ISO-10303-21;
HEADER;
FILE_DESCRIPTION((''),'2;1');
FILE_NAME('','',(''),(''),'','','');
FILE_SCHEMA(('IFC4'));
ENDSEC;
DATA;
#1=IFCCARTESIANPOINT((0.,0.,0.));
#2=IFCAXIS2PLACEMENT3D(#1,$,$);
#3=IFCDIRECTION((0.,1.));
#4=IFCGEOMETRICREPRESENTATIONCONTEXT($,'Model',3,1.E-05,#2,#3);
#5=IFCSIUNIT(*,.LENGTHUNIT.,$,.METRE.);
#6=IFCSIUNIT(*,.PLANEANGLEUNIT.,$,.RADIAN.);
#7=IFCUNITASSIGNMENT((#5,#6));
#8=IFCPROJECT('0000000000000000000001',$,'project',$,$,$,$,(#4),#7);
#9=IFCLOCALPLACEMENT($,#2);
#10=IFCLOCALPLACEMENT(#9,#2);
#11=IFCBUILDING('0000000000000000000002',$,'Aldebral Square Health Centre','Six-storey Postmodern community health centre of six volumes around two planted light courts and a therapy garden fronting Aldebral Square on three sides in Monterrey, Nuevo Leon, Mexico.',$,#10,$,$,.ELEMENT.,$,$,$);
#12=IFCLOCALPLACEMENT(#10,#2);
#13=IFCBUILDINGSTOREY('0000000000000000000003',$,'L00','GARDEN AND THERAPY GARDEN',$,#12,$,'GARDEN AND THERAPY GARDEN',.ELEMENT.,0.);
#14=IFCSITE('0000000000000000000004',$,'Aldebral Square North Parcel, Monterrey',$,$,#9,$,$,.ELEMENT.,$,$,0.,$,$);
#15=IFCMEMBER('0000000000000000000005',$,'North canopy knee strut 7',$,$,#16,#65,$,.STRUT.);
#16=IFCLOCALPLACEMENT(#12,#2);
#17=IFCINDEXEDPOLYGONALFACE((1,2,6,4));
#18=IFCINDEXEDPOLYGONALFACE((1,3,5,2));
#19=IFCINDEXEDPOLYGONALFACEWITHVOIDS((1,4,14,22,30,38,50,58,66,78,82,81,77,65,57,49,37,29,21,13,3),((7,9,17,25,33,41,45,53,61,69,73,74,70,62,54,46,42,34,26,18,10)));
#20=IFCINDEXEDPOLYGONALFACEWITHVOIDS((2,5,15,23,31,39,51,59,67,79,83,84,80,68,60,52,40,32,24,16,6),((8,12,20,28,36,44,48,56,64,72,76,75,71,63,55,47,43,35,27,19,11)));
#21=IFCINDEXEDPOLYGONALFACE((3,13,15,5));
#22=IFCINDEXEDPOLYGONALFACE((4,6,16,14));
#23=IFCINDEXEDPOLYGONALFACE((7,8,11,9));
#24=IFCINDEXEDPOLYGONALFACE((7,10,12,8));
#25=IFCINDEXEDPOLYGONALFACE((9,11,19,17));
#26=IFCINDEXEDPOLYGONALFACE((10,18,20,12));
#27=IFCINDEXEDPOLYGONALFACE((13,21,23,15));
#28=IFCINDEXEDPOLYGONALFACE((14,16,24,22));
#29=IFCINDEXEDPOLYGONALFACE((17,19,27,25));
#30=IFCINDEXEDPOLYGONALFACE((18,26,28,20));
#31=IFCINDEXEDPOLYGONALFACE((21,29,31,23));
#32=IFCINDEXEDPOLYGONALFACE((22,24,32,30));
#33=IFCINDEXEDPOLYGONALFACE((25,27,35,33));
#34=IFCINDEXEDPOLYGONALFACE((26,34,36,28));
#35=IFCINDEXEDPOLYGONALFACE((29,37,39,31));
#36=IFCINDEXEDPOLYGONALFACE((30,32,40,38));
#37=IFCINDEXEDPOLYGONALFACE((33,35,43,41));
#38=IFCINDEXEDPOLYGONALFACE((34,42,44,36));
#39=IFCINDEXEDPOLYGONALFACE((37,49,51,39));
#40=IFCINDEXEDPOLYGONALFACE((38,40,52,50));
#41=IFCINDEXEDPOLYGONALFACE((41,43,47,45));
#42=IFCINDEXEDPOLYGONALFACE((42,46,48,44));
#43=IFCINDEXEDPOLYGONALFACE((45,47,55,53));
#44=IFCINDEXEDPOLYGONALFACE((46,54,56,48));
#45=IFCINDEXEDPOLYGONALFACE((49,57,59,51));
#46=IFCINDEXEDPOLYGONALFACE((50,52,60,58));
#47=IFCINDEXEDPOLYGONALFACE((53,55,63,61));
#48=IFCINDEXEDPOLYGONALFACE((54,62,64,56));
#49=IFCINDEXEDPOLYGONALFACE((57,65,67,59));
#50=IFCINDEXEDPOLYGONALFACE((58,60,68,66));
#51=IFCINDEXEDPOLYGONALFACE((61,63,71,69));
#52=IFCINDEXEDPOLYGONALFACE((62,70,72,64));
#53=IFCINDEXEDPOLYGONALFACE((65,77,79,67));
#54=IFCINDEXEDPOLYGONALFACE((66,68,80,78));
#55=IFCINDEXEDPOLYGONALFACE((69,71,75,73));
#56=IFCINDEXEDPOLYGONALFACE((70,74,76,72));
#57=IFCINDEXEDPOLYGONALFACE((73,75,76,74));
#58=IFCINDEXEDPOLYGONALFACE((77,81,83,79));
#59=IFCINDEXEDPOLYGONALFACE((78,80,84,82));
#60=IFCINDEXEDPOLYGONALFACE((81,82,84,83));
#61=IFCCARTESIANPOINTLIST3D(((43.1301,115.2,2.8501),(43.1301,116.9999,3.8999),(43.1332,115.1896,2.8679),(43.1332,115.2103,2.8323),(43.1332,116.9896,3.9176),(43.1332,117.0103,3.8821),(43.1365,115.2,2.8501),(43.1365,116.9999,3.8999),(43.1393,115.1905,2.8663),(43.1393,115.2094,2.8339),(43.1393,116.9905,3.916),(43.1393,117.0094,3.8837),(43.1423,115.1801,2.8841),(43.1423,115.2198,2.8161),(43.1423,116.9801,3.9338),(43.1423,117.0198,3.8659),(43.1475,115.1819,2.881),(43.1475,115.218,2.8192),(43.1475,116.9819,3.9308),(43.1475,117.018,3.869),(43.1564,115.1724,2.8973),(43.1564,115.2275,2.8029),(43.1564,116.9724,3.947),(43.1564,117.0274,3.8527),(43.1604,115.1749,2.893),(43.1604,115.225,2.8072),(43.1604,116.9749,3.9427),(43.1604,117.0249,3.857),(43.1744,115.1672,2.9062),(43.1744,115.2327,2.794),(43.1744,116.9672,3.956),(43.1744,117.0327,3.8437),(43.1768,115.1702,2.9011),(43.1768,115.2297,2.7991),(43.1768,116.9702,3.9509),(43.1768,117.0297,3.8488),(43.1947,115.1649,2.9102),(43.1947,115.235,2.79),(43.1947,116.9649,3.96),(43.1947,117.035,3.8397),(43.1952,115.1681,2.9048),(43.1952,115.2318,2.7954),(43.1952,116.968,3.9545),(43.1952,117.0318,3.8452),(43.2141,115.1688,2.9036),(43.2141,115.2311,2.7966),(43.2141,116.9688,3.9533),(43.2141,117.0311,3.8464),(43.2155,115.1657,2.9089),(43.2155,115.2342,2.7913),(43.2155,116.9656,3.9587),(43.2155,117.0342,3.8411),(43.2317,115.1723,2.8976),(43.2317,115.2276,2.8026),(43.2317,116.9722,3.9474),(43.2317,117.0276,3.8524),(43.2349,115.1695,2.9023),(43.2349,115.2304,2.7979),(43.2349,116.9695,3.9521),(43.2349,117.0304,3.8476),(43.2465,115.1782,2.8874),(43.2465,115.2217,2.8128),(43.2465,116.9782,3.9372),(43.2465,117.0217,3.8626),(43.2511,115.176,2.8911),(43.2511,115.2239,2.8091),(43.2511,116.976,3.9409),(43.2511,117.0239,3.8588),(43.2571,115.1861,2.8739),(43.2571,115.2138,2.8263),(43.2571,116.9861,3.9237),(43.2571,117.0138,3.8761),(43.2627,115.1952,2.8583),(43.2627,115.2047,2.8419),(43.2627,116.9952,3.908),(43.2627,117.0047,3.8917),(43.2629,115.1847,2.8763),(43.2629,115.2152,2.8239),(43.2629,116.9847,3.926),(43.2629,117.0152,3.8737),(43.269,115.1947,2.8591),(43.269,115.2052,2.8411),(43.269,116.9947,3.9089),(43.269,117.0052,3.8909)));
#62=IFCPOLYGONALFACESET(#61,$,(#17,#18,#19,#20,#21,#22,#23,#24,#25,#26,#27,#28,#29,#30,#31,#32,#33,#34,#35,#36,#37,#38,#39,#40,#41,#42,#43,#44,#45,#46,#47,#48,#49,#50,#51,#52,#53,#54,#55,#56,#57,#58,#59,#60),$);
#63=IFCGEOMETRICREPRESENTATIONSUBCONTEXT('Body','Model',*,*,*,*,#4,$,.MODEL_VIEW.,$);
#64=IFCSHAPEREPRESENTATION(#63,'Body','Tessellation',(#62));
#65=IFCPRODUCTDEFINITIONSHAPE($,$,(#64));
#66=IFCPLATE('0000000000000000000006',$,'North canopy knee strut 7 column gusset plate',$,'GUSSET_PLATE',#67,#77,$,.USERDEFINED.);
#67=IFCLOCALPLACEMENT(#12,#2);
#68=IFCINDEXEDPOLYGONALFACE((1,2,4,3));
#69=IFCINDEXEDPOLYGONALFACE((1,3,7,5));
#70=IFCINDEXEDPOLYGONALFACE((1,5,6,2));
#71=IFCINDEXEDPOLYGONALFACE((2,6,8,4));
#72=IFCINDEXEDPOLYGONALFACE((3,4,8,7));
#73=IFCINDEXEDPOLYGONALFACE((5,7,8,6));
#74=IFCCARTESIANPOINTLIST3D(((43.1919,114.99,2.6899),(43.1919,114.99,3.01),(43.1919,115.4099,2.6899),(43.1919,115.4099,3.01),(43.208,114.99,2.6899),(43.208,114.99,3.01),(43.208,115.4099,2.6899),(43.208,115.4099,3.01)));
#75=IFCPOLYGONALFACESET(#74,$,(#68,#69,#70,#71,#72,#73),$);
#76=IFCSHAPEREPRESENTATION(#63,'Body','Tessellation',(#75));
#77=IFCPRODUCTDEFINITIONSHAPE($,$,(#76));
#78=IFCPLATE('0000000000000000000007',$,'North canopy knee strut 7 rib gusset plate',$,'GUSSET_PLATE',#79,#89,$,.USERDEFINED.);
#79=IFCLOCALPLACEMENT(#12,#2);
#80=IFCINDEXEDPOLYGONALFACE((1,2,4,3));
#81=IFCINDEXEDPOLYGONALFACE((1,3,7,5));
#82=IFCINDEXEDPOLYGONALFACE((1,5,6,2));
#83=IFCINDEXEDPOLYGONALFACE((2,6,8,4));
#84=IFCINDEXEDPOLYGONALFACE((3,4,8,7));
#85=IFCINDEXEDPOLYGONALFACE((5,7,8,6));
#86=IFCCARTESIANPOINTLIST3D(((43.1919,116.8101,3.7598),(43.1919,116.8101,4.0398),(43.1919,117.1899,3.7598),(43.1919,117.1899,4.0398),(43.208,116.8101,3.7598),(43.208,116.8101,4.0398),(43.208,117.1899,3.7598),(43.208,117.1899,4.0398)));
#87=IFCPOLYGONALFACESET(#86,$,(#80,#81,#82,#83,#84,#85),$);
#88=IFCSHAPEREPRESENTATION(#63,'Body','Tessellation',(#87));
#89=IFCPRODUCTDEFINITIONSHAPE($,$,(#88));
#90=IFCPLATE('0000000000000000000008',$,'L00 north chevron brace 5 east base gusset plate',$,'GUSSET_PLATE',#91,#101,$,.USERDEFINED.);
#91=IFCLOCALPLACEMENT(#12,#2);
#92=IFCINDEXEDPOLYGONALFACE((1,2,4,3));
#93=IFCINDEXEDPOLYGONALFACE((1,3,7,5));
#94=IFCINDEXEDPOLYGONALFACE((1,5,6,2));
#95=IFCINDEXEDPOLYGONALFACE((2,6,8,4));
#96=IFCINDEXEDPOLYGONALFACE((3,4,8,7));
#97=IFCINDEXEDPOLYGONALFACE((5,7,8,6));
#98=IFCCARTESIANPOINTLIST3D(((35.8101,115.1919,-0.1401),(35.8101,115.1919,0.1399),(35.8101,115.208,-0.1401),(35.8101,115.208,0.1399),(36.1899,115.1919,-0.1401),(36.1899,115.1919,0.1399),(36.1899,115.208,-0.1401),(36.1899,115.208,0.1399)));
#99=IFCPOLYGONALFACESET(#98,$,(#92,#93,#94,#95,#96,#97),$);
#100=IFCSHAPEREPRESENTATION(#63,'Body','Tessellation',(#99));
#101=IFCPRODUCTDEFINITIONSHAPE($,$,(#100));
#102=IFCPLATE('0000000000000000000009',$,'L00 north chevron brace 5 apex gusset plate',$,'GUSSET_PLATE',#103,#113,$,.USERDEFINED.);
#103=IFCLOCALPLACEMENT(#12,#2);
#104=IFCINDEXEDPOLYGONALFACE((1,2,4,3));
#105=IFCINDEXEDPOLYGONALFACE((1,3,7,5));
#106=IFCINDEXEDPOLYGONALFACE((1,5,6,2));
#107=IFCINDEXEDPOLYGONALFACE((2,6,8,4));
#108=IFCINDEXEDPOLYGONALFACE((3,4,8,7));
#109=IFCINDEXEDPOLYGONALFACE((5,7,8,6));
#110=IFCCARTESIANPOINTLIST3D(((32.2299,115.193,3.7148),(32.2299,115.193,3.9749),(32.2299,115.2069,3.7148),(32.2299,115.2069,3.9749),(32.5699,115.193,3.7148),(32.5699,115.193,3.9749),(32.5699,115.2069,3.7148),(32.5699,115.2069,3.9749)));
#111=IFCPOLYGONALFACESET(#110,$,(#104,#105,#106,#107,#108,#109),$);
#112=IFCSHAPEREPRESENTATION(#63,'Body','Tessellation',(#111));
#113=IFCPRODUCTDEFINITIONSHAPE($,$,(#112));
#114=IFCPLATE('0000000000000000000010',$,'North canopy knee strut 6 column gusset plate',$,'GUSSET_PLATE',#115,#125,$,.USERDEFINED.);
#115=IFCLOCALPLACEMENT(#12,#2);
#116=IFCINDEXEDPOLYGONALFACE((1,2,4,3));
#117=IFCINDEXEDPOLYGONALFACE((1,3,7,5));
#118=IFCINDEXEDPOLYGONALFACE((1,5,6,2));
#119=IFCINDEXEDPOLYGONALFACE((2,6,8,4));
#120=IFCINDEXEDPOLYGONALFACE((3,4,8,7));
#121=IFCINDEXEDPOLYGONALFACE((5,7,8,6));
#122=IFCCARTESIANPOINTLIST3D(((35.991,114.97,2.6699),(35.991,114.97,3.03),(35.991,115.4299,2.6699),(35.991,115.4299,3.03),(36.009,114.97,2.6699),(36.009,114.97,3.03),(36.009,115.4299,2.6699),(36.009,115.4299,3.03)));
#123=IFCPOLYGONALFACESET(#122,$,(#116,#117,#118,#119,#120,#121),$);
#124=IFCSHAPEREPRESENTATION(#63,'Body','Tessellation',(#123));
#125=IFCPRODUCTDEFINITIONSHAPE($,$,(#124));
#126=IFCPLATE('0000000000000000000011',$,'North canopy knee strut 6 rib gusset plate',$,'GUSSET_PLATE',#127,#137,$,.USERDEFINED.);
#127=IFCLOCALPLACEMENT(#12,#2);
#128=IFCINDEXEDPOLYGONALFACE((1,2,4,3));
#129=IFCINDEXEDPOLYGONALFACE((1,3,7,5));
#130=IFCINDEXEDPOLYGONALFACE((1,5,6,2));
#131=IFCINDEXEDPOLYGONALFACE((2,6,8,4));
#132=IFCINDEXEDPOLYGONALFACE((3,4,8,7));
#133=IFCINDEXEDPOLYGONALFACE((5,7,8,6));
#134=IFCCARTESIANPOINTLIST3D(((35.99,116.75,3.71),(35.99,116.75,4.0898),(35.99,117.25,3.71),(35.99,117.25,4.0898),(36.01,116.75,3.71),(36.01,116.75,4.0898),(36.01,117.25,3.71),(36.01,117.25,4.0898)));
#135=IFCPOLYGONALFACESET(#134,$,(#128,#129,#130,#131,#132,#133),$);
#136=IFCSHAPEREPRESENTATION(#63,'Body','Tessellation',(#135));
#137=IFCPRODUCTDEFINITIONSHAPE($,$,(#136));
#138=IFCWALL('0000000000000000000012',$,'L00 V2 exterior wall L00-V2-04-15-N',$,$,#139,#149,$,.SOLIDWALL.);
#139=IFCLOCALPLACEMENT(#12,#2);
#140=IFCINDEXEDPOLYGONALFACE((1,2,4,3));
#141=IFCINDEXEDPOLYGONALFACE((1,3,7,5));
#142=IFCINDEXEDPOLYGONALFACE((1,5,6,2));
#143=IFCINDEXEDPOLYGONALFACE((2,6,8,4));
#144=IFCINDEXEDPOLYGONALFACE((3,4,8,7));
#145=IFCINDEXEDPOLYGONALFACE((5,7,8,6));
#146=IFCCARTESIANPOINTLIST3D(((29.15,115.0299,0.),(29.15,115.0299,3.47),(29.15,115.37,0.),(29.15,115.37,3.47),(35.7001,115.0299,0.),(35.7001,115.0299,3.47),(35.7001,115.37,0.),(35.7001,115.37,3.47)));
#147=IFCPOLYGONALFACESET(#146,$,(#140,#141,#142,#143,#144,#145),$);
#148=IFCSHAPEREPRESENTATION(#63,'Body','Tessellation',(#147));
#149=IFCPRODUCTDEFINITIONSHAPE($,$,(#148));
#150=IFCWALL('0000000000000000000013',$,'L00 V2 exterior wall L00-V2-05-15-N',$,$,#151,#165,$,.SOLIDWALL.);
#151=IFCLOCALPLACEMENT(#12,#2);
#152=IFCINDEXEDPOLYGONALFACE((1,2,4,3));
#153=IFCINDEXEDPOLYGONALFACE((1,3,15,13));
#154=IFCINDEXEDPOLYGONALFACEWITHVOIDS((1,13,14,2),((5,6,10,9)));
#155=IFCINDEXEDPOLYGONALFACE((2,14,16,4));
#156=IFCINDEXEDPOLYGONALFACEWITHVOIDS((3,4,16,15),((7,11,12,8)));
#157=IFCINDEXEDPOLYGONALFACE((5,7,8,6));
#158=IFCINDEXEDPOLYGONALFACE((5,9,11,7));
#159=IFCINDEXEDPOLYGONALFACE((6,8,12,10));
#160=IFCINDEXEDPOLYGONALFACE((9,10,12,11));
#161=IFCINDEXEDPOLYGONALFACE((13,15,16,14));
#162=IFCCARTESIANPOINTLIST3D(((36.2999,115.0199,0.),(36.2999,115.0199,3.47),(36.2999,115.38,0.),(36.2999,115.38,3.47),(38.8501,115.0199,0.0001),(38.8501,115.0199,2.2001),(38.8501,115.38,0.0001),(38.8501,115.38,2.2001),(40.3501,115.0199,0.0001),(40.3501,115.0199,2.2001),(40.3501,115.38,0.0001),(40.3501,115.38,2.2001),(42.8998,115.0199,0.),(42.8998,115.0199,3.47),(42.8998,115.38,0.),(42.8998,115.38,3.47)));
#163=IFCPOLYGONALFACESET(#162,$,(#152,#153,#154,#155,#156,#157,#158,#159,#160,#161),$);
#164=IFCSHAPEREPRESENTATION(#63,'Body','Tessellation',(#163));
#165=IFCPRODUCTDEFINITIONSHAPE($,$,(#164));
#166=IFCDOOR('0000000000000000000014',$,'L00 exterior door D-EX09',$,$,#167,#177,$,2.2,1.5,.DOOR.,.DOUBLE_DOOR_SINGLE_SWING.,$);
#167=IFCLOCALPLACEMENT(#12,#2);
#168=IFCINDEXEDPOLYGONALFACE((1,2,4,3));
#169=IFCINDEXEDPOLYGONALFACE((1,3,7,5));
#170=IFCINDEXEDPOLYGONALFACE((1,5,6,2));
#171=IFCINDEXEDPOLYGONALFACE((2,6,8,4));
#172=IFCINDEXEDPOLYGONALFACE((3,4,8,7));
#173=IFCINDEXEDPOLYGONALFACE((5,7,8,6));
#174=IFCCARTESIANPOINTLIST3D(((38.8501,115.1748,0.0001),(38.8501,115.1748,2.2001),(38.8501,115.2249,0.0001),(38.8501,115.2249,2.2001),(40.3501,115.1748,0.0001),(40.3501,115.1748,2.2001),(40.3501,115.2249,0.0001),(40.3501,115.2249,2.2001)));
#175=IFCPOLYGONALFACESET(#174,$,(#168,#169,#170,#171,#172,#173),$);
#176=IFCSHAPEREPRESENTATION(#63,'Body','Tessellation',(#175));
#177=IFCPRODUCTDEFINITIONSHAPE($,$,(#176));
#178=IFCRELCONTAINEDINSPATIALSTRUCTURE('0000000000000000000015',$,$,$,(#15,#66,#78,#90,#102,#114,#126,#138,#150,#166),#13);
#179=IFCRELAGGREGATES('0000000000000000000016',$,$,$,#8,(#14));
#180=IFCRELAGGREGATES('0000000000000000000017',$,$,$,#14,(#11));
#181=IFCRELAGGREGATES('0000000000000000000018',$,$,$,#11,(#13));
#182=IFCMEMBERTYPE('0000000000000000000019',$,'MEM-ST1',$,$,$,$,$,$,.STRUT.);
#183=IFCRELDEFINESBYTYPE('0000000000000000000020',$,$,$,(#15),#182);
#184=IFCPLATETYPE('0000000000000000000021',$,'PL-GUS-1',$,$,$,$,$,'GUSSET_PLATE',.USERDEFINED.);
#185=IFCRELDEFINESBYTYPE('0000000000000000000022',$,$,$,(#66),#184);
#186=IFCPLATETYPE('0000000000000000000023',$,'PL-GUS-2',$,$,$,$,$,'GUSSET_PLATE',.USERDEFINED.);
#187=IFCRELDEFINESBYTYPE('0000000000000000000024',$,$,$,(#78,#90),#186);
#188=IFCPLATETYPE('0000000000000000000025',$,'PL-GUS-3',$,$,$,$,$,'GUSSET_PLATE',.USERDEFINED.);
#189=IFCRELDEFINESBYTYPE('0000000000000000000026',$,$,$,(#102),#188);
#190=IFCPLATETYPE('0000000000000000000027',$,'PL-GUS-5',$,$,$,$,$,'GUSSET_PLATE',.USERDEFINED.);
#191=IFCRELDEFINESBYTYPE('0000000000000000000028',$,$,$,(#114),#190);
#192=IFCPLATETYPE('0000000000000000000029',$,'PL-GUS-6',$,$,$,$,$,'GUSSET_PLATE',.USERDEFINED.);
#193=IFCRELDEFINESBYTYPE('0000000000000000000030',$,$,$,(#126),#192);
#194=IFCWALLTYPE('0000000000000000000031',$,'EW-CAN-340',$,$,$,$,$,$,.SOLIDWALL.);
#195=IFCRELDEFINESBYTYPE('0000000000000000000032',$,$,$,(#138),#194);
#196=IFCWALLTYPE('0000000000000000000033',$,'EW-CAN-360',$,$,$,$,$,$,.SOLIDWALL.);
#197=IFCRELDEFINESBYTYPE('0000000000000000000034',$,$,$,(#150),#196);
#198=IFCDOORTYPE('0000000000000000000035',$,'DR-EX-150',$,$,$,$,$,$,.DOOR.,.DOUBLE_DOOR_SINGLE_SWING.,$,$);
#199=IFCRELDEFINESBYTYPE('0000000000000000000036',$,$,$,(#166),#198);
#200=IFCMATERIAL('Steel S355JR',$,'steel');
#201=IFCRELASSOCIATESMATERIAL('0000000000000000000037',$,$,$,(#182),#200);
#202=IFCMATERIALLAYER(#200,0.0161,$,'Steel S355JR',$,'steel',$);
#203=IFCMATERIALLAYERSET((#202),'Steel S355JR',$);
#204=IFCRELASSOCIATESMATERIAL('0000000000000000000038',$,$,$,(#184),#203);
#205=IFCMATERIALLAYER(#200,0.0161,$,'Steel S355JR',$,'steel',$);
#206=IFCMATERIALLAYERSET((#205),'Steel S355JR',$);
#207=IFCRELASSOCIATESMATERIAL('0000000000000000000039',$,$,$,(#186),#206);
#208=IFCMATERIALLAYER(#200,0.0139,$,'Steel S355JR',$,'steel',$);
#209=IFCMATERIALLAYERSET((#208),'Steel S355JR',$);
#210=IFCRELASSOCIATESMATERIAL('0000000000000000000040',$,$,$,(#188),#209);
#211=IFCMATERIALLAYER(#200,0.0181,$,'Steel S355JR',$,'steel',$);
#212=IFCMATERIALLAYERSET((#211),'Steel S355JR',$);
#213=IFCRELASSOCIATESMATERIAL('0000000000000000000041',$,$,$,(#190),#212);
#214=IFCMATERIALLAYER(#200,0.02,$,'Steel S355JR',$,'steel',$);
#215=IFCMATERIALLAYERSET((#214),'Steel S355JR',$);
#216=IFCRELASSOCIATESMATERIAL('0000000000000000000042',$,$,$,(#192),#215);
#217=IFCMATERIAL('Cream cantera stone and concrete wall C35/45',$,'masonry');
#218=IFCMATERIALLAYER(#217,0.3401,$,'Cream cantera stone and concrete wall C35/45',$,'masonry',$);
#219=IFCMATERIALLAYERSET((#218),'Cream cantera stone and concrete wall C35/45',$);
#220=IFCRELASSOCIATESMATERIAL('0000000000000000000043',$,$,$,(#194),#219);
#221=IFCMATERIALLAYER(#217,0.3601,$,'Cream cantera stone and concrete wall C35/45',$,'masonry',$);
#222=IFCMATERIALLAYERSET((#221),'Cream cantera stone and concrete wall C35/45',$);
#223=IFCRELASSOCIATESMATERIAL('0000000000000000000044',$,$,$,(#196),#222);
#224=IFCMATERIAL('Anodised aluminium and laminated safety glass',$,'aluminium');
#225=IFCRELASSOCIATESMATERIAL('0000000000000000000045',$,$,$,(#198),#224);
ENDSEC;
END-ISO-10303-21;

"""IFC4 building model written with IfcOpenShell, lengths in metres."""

from ifc_helpers import new_model, si_unit, direction, frame, frame_2d, origin, origin_2d, place, context, subcontext, project, spatial, rectangle, hollow_circle, extrude, material, layer, layer_set, material_profile, profile_set, type_object, element, fill, save


model = new_model("IFC4")

# Units and contexts
model_context = context("Model", 3, precision=1e-05, world=origin(), true_north=direction((0.0, 1.0)))
body_context = subcontext(model_context, "Body", "Model", "MODEL_VIEW")
ifc_project = project(units=[si_unit("LENGTHUNIT", "METRE"), si_unit("PLANEANGLEUNIT", "RADIAN")], contexts=[model_context])

# Site, building, storey
site_placement = place(None, origin())
site = spatial("IfcSite", under=ifc_project, at=site_placement, Name="Aldebral Square North Parcel, Monterrey", CompositionType="ELEMENT", RefElevation=0.0)
building_placement = place(site_placement, origin())
building = spatial("IfcBuilding", under=site, at=building_placement, Name="Aldebral Square Health Centre", Description="Six-storey Postmodern community health centre of six volumes around two planted light courts and a therapy garden fronting Aldebral Square on three sides in Monterrey, Nuevo Leon, Mexico.", CompositionType="ELEMENT")
storey_placement = place(building_placement, origin())
storey = spatial("IfcBuildingStorey", under=building, at=storey_placement, Name="L00", Description="GARDEN AND THERAPY GARDEN", LongName="GARDEN AND THERAPY GARDEN", CompositionType="ELEMENT", Elevation=0.0)

# Shared definitions
ifc_material_1 = material(Name="Steel S355JR", Category="steel")

# Member
ifc_material_profile_1 = material_profile(ifc_material_1, hollow_circle(Radius=0.0698, WallThickness=0.0063, at=origin_2d()), Name="139.7x6.3 CHS")
ifc_profile_set_1 = profile_set([ifc_material_profile_1], Name="Steel S355JR")
member_type_1 = type_object("IfcMemberType", Name="MEM-ST1", PredefinedType="STRUT", material=ifc_profile_set_1)
for number, where, z_axis, x_axis, name in (
    (1, (43.2, 115.2, 2.8501), (0.0, 0.863826, 0.503791), (-1.0, 0.0, 0.0), "North canopy knee strut 7"),
):
    element("IfcMember", number, at=place(storey_placement, frame(where, z_axis=z_axis, x_axis=x_axis)), inside=storey, type_object=member_type_1, Name=name, PredefinedType="STRUT", context=body_context, shape_type="SweptSolid", body=[
        extrude(hollow_circle(Radius=0.0698, WallThickness=0.0063, at=origin_2d()), origin(), (0.0, 0.0, 1.0), 2.0837),
    ])

# Plates
ifc_layer_1 = layer(ifc_material_1, 0.0161, Name="Steel S355JR", Category="steel")
ifc_layer_set_1 = layer_set([ifc_layer_1], Name="Steel S355JR")
plate_type_1 = type_object("IfcPlateType", Name="PL-GUS-1", ElementType="GUSSET_PLATE", PredefinedType="USERDEFINED", material=ifc_layer_set_1)
plate_1_placement = place(storey_placement, frame((43.2, 115.2, 2.6899), z_axis=(0.0, 0.0, 1.0), x_axis=(0.0, 1.0, 0.0)))
element("IfcPlate", 2, at=plate_1_placement, inside=storey, type_object=plate_type_1, Name="North canopy knee strut 7 column gusset plate", ObjectType="GUSSET_PLATE", PredefinedType="USERDEFINED", context=body_context, shape_type="SweptSolid", body=[
    extrude(rectangle(XDim=0.4199, YDim=0.0161, at=origin_2d()), origin(), (0.0, 0.0, 1.0), 0.3201),
])
ifc_layer_2 = layer(ifc_material_1, 0.0161, Name="Steel S355JR", Category="steel")
ifc_layer_set_2 = layer_set([ifc_layer_2], Name="Steel S355JR")
plate_type_2 = type_object("IfcPlateType", Name="PL-GUS-2", ElementType="GUSSET_PLATE", PredefinedType="USERDEFINED", material=ifc_layer_set_2)
for number, where, z_axis, x_axis, name in (
    (3, (43.2, 117.0, 3.7598), (0.0, 0.0, 1.0), (0.0, 1.0, 0.0), "North canopy knee strut 7 rib gusset plate"),
    (4, (36.0, 115.2, -0.1401), (0.0, 0.0, 1.0), (1.0, 0.0, 0.0), "L00 north chevron brace 5 east base gusset plate"),
):
    element("IfcPlate", number, at=place(storey_placement, frame(where, z_axis=z_axis, x_axis=x_axis)), inside=storey, type_object=plate_type_2, Name=name, ObjectType="GUSSET_PLATE", PredefinedType="USERDEFINED", context=body_context, shape_type="SweptSolid", body=[
        extrude(rectangle(XDim=0.3799, YDim=0.0161, at=origin_2d()), origin(), (0.0, 0.0, 1.0), 0.28),
    ])
ifc_layer_3 = layer(ifc_material_1, 0.0139, Name="Steel S355JR", Category="steel")
ifc_layer_set_3 = layer_set([ifc_layer_3], Name="Steel S355JR")
plate_type_3 = type_object("IfcPlateType", Name="PL-GUS-3", ElementType="GUSSET_PLATE", PredefinedType="USERDEFINED", material=ifc_layer_set_3)
plate_2_placement = place(storey_placement, frame((32.3999, 115.2, 3.7148), z_axis=(0.0, 0.0, 1.0), x_axis=(1.0, 0.0, 0.0)))
element("IfcPlate", 5, at=plate_2_placement, inside=storey, type_object=plate_type_3, Name="L00 north chevron brace 5 apex gusset plate", ObjectType="GUSSET_PLATE", PredefinedType="USERDEFINED", context=body_context, shape_type="SweptSolid", body=[
    extrude(rectangle(XDim=0.3401, YDim=0.0139, at=origin_2d()), origin(), (0.0, 0.0, 1.0), 0.26),
])
ifc_layer_4 = layer(ifc_material_1, 0.0181, Name="Steel S355JR", Category="steel")
ifc_layer_set_4 = layer_set([ifc_layer_4], Name="Steel S355JR")
plate_type_4 = type_object("IfcPlateType", Name="PL-GUS-5", ElementType="GUSSET_PLATE", PredefinedType="USERDEFINED", material=ifc_layer_set_4)
plate_3_placement = place(storey_placement, frame((36.0, 115.2, 2.6699), z_axis=(0.0, 0.0, 1.0), x_axis=(0.0, 1.0, 0.0)))
element("IfcPlate", 6, at=plate_3_placement, inside=storey, type_object=plate_type_4, Name="North canopy knee strut 6 column gusset plate", ObjectType="GUSSET_PLATE", PredefinedType="USERDEFINED", context=body_context, shape_type="SweptSolid", body=[
    extrude(rectangle(XDim=0.46, YDim=0.0181, at=origin_2d()), origin(), (0.0, 0.0, 1.0), 0.3601),
])
ifc_layer_5 = layer(ifc_material_1, 0.02, Name="Steel S355JR", Category="steel")
ifc_layer_set_5 = layer_set([ifc_layer_5], Name="Steel S355JR")
plate_type_5 = type_object("IfcPlateType", Name="PL-GUS-6", ElementType="GUSSET_PLATE", PredefinedType="USERDEFINED", material=ifc_layer_set_5)
plate_4_placement = place(storey_placement, frame((36.0, 117.0, 3.71), z_axis=(0.0, 0.0, 1.0), x_axis=(0.0, 1.0, 0.0)))
element("IfcPlate", 7, at=plate_4_placement, inside=storey, type_object=plate_type_5, Name="North canopy knee strut 6 rib gusset plate", ObjectType="GUSSET_PLATE", PredefinedType="USERDEFINED", context=body_context, shape_type="SweptSolid", body=[
    extrude(rectangle(XDim=0.5, YDim=0.02, at=origin_2d()), origin(), (0.0, 0.0, 1.0), 0.3799),
])

# Wall
ifc_material_2 = material(Name="Cream cantera stone and concrete wall C35/45", Category="masonry")
ifc_layer_6 = layer(ifc_material_2, 0.3401, Name="Cream cantera stone and concrete wall C35/45", Category="masonry")
ifc_layer_set_6 = layer_set([ifc_layer_6], Name="Cream cantera stone and concrete wall C35/45")
wall_type_1 = type_object("IfcWallType", Name="EW-CAN-340", PredefinedType="SOLIDWALL", material=ifc_layer_set_6)
wall_1_placement = place(storey_placement, frame((35.7, 115.2, 0.0), z_axis=(0.0, 0.0, 1.0), x_axis=(-1.0, 0.0, 0.0)))
element("IfcWall", 8, at=wall_1_placement, inside=storey, type_object=wall_type_1, Name="L00 V2 exterior wall L00-V2-04-15-N", PredefinedType="SOLIDWALL", context=body_context, shape_type="SweptSolid", body=[
    extrude(rectangle(XDim=6.55, YDim=0.3401, at=frame_2d((3.2749, 0.0))), origin(), (0.0, 0.0, 1.0), 3.47),
])

# Wall, opening, door
ifc_layer_7 = layer(ifc_material_2, 0.3601, Name="Cream cantera stone and concrete wall C35/45", Category="masonry")
ifc_layer_set_7 = layer_set([ifc_layer_7], Name="Cream cantera stone and concrete wall C35/45")
wall_type_2 = type_object("IfcWallType", Name="EW-CAN-360", PredefinedType="SOLIDWALL", material=ifc_layer_set_7)
wall_2_placement = place(storey_placement, frame((36.3, 115.2, 0.0), z_axis=(0.0, 0.0, 1.0), x_axis=(1.0, 0.0, 0.0)))
wall_2 = element("IfcWall", 9, at=wall_2_placement, inside=storey, type_object=wall_type_2, Name="L00 V2 exterior wall L00-V2-05-15-N", PredefinedType="SOLIDWALL", context=body_context, shape_type="SweptSolid", body=[
    extrude(rectangle(XDim=6.5999, YDim=0.3601, at=frame_2d((3.2998, 0.0))), origin(), (0.0, 0.0, 1.0), 3.47),
])
opening_placement = place(wall_2_placement, frame((2.55, 0.0, 0.0)))
opening = element("IfcOpeningElement", 10, at=opening_placement, cuts=wall_2, PredefinedType="OPENING", context=body_context, shape_type="SweptSolid", body=[
    extrude(rectangle(XDim=1.5, YDim=2.2, at=frame_2d((0.75, 1.1001))), frame((0.0, 0.1899, 0.0), z_axis=(0.0, -1.0, 0.0), x_axis=(1.0, 0.0, 0.0)), (0.0, 0.0, 1.0), 0.3801),
])
ifc_material_3 = material(Name="Anodised aluminium and laminated safety glass", Category="aluminium")
door_type = type_object("IfcDoorType", Name="DR-EX-150", OperationType="DOUBLE_DOOR_SINGLE_SWING", PredefinedType="DOOR", material=ifc_material_3)
door_placement = place(opening_placement, origin())
door = element("IfcDoor", 11, at=door_placement, inside=storey, type_object=door_type, Name="L00 exterior door D-EX09", OperationType="DOUBLE_DOOR_SINGLE_SWING", OverallHeight=2.2, OverallWidth=1.5, PredefinedType="DOOR", context=body_context, shape_type="SweptSolid", body=[
    extrude(rectangle(XDim=1.5, YDim=2.2, at=frame_2d((0.75, 1.1001))), frame((0.0, 0.0249, 0.0), z_axis=(0.0, -1.0, 0.0), x_axis=(1.0, 0.0, 0.0)), (0.0, 0.0, 1.0), 0.05),
])
fill(opening, door)

save(model, "model.ifc")
